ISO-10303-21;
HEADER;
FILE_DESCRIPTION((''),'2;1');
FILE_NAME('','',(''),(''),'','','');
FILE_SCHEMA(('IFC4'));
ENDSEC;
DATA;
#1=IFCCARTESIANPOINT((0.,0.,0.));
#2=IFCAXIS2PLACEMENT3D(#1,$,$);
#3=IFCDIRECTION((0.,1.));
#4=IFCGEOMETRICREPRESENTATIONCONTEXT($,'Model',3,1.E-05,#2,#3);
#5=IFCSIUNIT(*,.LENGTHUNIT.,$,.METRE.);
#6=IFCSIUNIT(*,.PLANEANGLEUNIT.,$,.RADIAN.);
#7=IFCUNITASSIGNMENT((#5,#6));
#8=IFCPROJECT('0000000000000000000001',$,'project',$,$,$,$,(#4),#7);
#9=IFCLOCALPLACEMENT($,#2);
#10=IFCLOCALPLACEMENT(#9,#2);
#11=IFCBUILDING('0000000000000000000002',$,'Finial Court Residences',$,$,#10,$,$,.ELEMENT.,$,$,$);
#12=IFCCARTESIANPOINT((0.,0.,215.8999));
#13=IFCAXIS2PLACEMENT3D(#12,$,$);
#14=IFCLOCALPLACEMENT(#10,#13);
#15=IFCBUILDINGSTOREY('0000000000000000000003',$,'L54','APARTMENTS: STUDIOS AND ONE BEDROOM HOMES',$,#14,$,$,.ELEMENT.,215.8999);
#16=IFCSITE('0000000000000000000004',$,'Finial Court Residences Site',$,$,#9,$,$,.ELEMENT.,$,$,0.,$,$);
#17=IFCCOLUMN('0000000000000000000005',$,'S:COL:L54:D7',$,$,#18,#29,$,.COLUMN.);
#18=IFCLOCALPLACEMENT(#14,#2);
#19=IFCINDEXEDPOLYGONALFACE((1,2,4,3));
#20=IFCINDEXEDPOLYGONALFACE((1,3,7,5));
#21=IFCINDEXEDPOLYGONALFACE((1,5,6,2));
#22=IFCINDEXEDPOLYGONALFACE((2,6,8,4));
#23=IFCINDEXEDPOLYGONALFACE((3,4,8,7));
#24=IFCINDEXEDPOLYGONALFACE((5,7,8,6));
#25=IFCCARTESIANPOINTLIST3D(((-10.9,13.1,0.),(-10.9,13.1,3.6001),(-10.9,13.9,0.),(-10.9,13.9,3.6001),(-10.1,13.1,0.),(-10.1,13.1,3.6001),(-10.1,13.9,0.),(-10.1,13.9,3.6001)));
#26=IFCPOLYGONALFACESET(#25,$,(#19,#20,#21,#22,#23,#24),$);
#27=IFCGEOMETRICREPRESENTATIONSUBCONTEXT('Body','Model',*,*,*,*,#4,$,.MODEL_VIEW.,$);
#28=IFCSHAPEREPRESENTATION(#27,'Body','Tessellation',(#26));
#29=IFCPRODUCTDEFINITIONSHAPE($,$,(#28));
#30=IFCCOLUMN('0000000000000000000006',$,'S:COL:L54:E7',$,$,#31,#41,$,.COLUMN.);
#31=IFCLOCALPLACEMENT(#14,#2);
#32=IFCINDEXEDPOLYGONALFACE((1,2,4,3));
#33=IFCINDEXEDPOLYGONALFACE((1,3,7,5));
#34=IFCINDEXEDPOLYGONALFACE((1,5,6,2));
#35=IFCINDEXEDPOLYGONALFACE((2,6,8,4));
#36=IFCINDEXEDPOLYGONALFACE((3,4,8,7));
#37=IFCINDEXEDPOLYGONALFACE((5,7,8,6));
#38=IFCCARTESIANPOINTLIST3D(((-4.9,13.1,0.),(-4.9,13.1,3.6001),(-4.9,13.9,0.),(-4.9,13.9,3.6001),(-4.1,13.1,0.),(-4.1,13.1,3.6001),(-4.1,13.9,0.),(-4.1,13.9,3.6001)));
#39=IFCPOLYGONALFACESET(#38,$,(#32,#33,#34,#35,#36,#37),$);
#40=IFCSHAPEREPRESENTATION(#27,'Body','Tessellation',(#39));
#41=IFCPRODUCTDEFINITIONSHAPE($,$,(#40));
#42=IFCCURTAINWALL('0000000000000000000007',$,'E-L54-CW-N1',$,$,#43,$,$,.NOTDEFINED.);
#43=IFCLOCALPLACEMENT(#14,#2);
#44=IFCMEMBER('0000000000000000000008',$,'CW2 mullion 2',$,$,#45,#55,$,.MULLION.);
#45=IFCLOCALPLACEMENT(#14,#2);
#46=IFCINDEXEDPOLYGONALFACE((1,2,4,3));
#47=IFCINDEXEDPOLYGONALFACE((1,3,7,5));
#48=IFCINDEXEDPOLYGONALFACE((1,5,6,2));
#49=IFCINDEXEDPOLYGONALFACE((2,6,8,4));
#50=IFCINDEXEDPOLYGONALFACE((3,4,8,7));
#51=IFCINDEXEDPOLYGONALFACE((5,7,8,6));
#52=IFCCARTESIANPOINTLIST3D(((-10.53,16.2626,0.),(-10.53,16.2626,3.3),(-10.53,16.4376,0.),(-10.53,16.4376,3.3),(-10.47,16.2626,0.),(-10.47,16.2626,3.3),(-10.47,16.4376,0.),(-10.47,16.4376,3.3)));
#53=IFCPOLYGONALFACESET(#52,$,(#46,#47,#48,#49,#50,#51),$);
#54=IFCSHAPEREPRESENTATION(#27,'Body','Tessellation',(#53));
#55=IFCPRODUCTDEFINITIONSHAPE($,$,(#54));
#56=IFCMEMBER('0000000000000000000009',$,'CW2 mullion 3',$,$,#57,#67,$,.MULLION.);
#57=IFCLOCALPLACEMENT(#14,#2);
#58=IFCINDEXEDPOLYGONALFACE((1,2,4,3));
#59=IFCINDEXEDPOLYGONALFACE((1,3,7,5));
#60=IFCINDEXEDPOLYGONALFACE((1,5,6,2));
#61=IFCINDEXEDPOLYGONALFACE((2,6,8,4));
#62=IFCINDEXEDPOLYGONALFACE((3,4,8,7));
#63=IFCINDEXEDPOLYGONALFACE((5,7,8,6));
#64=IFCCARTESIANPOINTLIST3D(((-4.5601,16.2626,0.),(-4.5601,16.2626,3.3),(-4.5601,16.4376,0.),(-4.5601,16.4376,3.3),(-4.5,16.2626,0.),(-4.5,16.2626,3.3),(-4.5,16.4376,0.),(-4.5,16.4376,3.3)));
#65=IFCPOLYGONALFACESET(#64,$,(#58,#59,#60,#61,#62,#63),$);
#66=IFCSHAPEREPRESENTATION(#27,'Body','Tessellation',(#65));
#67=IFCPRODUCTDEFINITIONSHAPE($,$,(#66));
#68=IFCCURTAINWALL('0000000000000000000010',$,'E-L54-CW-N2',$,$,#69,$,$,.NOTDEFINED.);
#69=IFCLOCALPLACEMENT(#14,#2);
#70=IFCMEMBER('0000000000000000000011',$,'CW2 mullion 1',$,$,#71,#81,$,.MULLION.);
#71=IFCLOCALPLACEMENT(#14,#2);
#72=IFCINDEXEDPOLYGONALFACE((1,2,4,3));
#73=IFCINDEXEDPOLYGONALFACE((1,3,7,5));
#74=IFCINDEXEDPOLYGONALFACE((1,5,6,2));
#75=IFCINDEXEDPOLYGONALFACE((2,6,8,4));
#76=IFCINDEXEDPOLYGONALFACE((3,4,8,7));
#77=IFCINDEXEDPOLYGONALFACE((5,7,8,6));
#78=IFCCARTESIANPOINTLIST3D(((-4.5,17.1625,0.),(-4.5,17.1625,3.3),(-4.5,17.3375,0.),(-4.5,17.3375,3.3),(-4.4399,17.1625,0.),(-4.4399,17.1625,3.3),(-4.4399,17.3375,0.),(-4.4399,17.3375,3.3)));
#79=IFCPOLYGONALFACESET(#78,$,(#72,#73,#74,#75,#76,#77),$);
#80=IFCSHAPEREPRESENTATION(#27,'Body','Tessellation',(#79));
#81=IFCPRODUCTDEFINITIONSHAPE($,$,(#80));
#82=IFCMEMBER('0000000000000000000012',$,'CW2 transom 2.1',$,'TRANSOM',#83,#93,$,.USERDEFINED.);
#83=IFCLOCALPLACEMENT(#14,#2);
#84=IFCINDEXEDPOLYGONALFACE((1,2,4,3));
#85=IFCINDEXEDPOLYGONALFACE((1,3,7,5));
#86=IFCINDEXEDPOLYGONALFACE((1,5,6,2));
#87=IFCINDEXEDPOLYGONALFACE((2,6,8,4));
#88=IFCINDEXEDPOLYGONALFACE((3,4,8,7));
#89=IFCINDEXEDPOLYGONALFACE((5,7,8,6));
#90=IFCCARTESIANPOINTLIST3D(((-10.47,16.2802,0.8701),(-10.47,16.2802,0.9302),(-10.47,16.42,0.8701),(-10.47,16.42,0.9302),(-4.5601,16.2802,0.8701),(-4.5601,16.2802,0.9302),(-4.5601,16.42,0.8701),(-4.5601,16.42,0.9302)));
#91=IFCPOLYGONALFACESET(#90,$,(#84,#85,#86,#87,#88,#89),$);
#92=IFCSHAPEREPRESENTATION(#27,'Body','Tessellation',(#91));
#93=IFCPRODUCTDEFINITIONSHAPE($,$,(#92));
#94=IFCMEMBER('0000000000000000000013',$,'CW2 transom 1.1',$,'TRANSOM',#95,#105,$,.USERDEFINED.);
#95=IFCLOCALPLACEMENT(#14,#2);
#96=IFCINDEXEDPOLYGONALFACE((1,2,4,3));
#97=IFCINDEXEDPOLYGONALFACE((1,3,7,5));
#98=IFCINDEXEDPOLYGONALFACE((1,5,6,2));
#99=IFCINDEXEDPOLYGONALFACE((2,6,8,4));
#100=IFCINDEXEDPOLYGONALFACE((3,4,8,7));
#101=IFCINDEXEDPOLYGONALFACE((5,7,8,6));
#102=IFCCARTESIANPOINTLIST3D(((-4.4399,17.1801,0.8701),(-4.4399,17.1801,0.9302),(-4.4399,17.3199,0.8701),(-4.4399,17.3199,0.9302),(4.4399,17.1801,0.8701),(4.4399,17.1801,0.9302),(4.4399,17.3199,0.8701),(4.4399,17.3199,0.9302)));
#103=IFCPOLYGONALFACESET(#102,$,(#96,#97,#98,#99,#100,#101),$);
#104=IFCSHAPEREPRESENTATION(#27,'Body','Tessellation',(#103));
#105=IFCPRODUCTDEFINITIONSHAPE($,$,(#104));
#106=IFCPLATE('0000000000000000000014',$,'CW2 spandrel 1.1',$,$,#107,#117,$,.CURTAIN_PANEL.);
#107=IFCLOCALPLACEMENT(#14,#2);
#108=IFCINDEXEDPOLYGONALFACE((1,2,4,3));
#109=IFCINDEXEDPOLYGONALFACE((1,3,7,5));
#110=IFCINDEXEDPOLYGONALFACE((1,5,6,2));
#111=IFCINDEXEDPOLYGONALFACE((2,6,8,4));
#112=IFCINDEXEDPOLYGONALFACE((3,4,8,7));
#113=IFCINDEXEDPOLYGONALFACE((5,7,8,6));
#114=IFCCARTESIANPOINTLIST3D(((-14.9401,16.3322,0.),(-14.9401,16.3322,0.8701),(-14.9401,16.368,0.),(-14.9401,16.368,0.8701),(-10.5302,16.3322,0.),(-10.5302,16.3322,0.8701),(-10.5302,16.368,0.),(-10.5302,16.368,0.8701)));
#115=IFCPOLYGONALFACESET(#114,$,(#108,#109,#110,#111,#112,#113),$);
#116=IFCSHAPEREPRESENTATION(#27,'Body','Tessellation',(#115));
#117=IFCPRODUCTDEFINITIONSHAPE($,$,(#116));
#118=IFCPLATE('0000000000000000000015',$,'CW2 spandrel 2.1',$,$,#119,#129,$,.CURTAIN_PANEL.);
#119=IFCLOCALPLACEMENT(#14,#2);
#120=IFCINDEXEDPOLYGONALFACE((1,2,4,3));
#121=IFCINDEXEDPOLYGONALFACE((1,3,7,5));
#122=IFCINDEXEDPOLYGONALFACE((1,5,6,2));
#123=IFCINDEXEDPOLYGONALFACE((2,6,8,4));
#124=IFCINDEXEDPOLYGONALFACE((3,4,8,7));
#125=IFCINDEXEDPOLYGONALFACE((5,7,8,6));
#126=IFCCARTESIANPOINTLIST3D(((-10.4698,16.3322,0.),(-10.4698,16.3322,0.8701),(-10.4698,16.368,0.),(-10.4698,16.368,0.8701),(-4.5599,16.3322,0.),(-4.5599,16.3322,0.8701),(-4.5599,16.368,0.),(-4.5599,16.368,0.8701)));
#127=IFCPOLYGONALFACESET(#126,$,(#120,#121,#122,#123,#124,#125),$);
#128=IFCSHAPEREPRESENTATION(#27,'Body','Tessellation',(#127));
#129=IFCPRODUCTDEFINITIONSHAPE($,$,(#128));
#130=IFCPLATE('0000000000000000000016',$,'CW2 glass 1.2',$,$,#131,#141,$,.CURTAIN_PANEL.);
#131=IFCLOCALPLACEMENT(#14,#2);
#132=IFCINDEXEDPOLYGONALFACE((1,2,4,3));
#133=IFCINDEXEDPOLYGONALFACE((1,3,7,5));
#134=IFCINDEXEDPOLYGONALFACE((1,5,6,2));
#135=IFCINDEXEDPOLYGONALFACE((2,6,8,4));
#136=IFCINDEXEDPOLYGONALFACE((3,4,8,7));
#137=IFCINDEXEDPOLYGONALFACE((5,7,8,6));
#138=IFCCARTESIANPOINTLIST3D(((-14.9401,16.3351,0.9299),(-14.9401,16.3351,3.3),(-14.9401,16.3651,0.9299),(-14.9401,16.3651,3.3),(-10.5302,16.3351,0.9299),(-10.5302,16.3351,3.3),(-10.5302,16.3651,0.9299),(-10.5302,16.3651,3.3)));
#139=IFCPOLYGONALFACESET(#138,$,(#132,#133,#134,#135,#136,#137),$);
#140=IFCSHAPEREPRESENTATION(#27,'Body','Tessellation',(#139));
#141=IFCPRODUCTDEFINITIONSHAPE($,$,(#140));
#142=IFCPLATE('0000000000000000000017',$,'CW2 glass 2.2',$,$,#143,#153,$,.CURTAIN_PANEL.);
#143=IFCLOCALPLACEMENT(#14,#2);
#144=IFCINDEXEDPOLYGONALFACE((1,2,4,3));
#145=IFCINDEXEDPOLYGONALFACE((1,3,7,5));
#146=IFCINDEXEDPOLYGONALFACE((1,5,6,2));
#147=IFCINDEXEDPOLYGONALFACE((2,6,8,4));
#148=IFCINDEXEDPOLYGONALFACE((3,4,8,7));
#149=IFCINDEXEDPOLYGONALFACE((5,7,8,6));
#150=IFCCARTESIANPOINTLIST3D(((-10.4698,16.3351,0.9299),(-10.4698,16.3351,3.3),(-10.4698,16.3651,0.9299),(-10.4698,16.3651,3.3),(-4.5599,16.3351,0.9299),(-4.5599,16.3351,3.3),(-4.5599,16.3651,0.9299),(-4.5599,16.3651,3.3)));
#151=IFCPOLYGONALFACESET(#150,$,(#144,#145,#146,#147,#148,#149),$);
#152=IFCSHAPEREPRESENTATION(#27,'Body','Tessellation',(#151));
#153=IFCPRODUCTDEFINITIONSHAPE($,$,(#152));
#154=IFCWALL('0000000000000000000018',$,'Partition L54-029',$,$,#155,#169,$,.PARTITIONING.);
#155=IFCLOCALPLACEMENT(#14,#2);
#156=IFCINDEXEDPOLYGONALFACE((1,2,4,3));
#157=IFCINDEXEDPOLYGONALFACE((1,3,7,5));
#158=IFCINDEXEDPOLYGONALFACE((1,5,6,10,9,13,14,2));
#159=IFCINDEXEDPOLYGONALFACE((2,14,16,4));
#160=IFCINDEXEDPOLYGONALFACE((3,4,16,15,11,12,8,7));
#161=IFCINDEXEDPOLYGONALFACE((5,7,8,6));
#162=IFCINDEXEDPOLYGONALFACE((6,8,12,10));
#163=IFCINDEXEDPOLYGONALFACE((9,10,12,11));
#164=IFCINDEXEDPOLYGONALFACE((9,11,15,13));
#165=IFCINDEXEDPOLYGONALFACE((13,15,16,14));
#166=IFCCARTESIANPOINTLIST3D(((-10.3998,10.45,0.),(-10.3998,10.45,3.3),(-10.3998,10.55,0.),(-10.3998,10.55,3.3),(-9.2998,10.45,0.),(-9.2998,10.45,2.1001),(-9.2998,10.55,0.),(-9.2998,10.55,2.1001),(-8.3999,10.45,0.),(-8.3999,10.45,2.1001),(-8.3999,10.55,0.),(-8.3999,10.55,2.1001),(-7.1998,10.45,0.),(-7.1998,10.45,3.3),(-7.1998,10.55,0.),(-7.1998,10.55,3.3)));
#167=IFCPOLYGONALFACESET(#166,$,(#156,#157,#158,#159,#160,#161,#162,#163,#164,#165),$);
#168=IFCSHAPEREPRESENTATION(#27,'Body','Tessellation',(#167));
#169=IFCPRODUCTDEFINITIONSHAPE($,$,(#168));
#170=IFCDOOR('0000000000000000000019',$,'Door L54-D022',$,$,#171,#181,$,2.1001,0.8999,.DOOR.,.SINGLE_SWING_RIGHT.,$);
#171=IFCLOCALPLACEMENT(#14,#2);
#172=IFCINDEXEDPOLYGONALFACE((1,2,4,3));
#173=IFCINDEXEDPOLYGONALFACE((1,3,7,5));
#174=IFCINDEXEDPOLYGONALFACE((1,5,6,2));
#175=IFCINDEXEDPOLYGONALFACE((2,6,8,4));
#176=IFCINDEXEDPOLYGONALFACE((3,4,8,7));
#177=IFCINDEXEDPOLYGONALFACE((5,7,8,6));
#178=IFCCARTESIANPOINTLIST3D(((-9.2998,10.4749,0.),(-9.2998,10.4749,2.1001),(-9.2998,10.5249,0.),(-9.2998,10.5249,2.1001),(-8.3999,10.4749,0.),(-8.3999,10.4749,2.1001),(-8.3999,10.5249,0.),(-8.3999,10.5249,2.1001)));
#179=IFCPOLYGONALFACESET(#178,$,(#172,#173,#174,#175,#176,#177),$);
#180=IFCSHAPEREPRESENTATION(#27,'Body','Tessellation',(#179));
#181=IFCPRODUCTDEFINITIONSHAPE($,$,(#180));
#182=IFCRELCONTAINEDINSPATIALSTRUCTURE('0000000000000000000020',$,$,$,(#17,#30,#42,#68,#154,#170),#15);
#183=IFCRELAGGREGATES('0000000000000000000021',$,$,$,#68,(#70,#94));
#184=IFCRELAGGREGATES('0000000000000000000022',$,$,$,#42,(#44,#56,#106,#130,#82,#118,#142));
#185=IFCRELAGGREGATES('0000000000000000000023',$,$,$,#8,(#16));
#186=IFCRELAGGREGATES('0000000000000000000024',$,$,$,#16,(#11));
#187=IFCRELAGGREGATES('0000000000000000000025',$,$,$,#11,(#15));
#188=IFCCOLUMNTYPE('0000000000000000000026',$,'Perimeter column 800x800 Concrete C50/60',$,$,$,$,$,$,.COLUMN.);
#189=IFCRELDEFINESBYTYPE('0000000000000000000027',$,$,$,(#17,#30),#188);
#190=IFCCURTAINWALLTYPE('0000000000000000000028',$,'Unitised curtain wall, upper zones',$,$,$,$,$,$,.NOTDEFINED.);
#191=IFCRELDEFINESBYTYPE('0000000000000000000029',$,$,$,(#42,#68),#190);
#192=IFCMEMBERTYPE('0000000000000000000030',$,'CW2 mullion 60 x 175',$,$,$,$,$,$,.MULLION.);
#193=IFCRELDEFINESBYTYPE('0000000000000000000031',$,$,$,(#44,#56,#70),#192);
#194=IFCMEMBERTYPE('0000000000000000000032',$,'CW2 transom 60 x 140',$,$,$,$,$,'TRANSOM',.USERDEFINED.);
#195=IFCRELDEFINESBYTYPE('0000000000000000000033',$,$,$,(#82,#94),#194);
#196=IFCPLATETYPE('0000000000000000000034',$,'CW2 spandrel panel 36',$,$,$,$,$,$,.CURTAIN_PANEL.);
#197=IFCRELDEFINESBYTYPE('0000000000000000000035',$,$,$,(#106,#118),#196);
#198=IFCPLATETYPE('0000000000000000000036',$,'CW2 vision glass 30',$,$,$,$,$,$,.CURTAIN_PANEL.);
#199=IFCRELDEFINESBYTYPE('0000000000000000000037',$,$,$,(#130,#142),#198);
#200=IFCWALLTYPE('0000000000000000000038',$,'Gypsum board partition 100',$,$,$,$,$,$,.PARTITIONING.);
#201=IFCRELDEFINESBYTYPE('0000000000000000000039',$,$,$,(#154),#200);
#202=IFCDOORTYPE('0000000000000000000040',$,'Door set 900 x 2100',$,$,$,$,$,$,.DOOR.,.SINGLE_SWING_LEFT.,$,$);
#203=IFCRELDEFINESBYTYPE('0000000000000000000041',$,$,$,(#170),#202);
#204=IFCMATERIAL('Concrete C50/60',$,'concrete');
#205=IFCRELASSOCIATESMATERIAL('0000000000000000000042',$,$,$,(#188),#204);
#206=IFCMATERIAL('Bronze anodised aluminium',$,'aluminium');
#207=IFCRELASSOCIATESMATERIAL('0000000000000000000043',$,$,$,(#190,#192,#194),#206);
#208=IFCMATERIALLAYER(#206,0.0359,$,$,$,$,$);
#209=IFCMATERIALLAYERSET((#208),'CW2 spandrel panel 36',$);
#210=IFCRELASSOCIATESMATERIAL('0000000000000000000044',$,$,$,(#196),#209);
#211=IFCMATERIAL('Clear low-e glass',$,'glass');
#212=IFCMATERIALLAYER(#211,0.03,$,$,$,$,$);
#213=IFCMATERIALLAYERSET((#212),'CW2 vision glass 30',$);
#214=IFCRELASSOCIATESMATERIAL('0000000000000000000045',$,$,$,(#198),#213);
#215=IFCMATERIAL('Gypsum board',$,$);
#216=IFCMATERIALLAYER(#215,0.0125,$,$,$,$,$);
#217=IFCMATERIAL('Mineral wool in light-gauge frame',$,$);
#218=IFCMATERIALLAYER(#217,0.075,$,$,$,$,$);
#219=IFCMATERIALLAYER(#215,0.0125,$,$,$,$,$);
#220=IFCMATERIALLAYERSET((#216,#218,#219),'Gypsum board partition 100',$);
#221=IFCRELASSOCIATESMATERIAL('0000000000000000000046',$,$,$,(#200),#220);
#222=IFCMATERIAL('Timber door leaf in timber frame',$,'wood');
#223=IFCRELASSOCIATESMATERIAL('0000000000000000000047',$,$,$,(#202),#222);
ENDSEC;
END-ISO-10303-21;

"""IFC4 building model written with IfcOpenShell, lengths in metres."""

from ifc_helpers import new_model, si_unit, direction, frame, frame_2d, origin, origin_2d, place, context, subcontext, project, spatial, rectangle, extrude, material, layer, layer_set, material_profile, profile_set, type_object, element, fill, aggregate, save


model = new_model("IFC4")

# Units and contexts
model_context = context("Model", 3, precision=1e-05, world=origin(), true_north=direction((0.0, 1.0)))
body_context = subcontext(model_context, "Body", "Model", "MODEL_VIEW")
ifc_project = project(units=[si_unit("LENGTHUNIT", "METRE"), si_unit("PLANEANGLEUNIT", "RADIAN")], contexts=[model_context])

# Site, building, storey
site_placement = place(None, origin())
site = spatial("IfcSite", under=ifc_project, at=site_placement, Name="Finial Court Residences Site", CompositionType="ELEMENT", RefElevation=0.0)
building_placement = place(site_placement, origin())
building = spatial("IfcBuilding", under=site, at=building_placement, Name="Finial Court Residences", CompositionType="ELEMENT")
storey_placement = place(building_placement, frame((0.0, 0.0, 215.8999)))
storey = spatial("IfcBuildingStorey", under=building, at=storey_placement, Name="L54", Description="APARTMENTS: STUDIOS AND ONE BEDROOM HOMES", CompositionType="ELEMENT", Elevation=215.8999)

# Columns
ifc_material_1 = material(Name="Concrete C50/60", Category="concrete")
ifc_material_profile_1 = material_profile(ifc_material_1, rectangle(XDim=0.8, YDim=0.8, at=origin_2d()), Name="800x800")
ifc_profile_set_1 = profile_set([ifc_material_profile_1], Name="Concrete C50/60")
column_type = type_object("IfcColumnType", Name="Perimeter column 800x800 Concrete C50/60", PredefinedType="COLUMN", material=ifc_profile_set_1)
for number, where, z_axis, x_axis, name in (
    (1, (-10.5, 13.5, 0.0), (0.0, 0.0, 1.0), (1.0, 0.0, 0.0), "S:COL:L54:D7"),
    (2, (-4.5, 13.5, 0.0), (0.0, 0.0, 1.0), (1.0, 0.0, 0.0), "S:COL:L54:E7"),
):
    element("IfcColumn", number, at=place(storey_placement, frame(where, z_axis=z_axis, x_axis=x_axis)), inside=storey, type_object=column_type, Name=name, PredefinedType="COLUMN", context=body_context, shape_type="SweptSolid", body=[
        extrude(rectangle(XDim=0.8, YDim=0.8, at=origin_2d()), origin(), (0.0, 0.0, 1.0), 3.6001),
    ])

# Curtain wall, members
ifc_material_2 = material(Name="Bronze anodised aluminium", Category="aluminium")
curtain_wall_type = type_object("IfcCurtainWallType", Name="Unitised curtain wall, upper zones", PredefinedType="NOTDEFINED", material=ifc_material_2)
curtain_wall_1_placement = place(storey_placement, origin())
curtain_wall_1 = element("IfcCurtainWall", 3, at=curtain_wall_1_placement, inside=storey, type_object=curtain_wall_type, Name="E-L54-CW-N1", PredefinedType="NOTDEFINED")
ifc_material_profile_2 = material_profile(ifc_material_2, rectangle(XDim=0.175, YDim=0.0601, at=origin_2d()), Name="CW2 mullion 60 x 175")
ifc_profile_set_2 = profile_set([ifc_material_profile_2], Name="Bronze anodised aluminium")
member_type_1 = type_object("IfcMemberType", Name="CW2 mullion 60 x 175", PredefinedType="MULLION", material=ifc_profile_set_2)
member_1_placement = place(storey_placement, frame((-10.5, 16.3501, 0.0), z_axis=(0.0, 0.0, 1.0), x_axis=(0.0, 1.0, 0.0)))
member_1 = element("IfcMember", 4, at=member_1_placement, type_object=member_type_1, Name="CW2 mullion 2", PredefinedType="MULLION", context=body_context, shape_type="SweptSolid", body=[
    extrude(rectangle(XDim=0.175, YDim=0.0601, at=origin_2d()), origin(), (0.0, 0.0, 1.0), 3.3),
])
member_2_placement = place(storey_placement, frame((-4.53, 16.3501, 0.0), z_axis=(0.0, 0.0, 1.0), x_axis=(0.0, 1.0, 0.0)))
member_2 = element("IfcMember", 5, at=member_2_placement, type_object=member_type_1, Name="CW2 mullion 3", PredefinedType="MULLION", context=body_context, shape_type="SweptSolid", body=[
    extrude(rectangle(XDim=0.175, YDim=0.0601, at=origin_2d()), origin(), (0.0, 0.0, 1.0), 3.3),
])

# Curtain wall, member
curtain_wall_2_placement = place(storey_placement, origin())
curtain_wall_2 = element("IfcCurtainWall", 6, at=curtain_wall_2_placement, inside=storey, type_object=curtain_wall_type, Name="E-L54-CW-N2", PredefinedType="NOTDEFINED")
member_3_placement = place(storey_placement, frame((-4.47, 17.25, 0.0), z_axis=(0.0, 0.0, 1.0), x_axis=(0.0, 1.0, 0.0)))
member_3 = element("IfcMember", 7, at=member_3_placement, type_object=member_type_1, Name="CW2 mullion 1", PredefinedType="MULLION", context=body_context, shape_type="SweptSolid", body=[
    extrude(rectangle(XDim=0.175, YDim=0.0601, at=origin_2d()), origin(), (0.0, 0.0, 1.0), 3.3),
])

# Members
ifc_material_profile_3 = material_profile(ifc_material_2, rectangle(XDim=0.1399, YDim=0.0601, at=origin_2d()), Name="CW2 transom 60 x 140")
ifc_profile_set_3 = profile_set([ifc_material_profile_3], Name="Bronze anodised aluminium")
member_type_2 = type_object("IfcMemberType", Name="CW2 transom 60 x 140", ElementType="TRANSOM", PredefinedType="USERDEFINED", material=ifc_profile_set_3)
member_4_placement = place(storey_placement, frame((-10.47, 16.3501, 0.9001), z_axis=(1.0, 0.0, 0.0), x_axis=(0.0, 1.0, 0.0)))
member_4 = element("IfcMember", 8, at=member_4_placement, type_object=member_type_2, Name="CW2 transom 2.1", ObjectType="TRANSOM", PredefinedType="USERDEFINED", context=body_context, shape_type="SweptSolid", body=[
    extrude(rectangle(XDim=0.1399, YDim=0.0601, at=origin_2d()), origin(), (0.0, 0.0, 1.0), 5.9099),
])
member_5_placement = place(storey_placement, frame((-4.4399, 17.25, 0.9001), z_axis=(1.0, 0.0, 0.0), x_axis=(0.0, 1.0, 0.0)))
member_5 = element("IfcMember", 9, at=member_5_placement, type_object=member_type_2, Name="CW2 transom 1.1", ObjectType="TRANSOM", PredefinedType="USERDEFINED", context=body_context, shape_type="SweptSolid", body=[
    extrude(rectangle(XDim=0.1399, YDim=0.0601, at=origin_2d()), origin(), (0.0, 0.0, 1.0), 8.8799),
])
aggregate(curtain_wall_2, [member_3, member_5])

# Plates
ifc_layer_1 = layer(ifc_material_2, 0.0359)
ifc_layer_set_1 = layer_set([ifc_layer_1], Name="CW2 spandrel panel 36")
plate_type_1 = type_object("IfcPlateType", Name="CW2 spandrel panel 36", PredefinedType="CURTAIN_PANEL", material=ifc_layer_set_1)
plate_1_placement = place(storey_placement, frame((-12.7351, 16.3501, 0.0), z_axis=(0.0, 0.0, 1.0), x_axis=(1.0, 0.0, 0.0)))
plate_1 = element("IfcPlate", 10, at=plate_1_placement, type_object=plate_type_1, Name="CW2 spandrel 1.1", PredefinedType="CURTAIN_PANEL", context=body_context, shape_type="SweptSolid", body=[
    extrude(rectangle(XDim=4.4099, YDim=0.0359, at=origin_2d()), origin(), (0.0, 0.0, 1.0), 0.8701),
])
plate_2_placement = place(storey_placement, frame((-7.5149, 16.3501, 0.0), z_axis=(0.0, 0.0, 1.0), x_axis=(1.0, 0.0, 0.0)))
plate_2 = element("IfcPlate", 11, at=plate_2_placement, type_object=plate_type_1, Name="CW2 spandrel 2.1", PredefinedType="CURTAIN_PANEL", context=body_context, shape_type="SweptSolid", body=[
    extrude(rectangle(XDim=5.9099, YDim=0.0359, at=origin_2d()), origin(), (0.0, 0.0, 1.0), 0.8701),
])
ifc_material_3 = material(Name="Clear low-e glass", Category="glass")
ifc_layer_2 = layer(ifc_material_3, 0.03)
ifc_layer_set_2 = layer_set([ifc_layer_2], Name="CW2 vision glass 30")
plate_type_2 = type_object("IfcPlateType", Name="CW2 vision glass 30", PredefinedType="CURTAIN_PANEL", material=ifc_layer_set_2)
plate_3_placement = place(storey_placement, frame((-12.7351, 16.3501, 0.9299), z_axis=(0.0, 0.0, 1.0), x_axis=(1.0, 0.0, 0.0)))
plate_3 = element("IfcPlate", 12, at=plate_3_placement, type_object=plate_type_2, Name="CW2 glass 1.2", PredefinedType="CURTAIN_PANEL", context=body_context, shape_type="SweptSolid", body=[
    extrude(rectangle(XDim=4.4099, YDim=0.03, at=origin_2d()), origin(), (0.0, 0.0, 1.0), 2.3701),
])
plate_4_placement = place(storey_placement, frame((-7.5149, 16.3501, 0.9299), z_axis=(0.0, 0.0, 1.0), x_axis=(1.0, 0.0, 0.0)))
plate_4 = element("IfcPlate", 13, at=plate_4_placement, type_object=plate_type_2, Name="CW2 glass 2.2", PredefinedType="CURTAIN_PANEL", context=body_context, shape_type="SweptSolid", body=[
    extrude(rectangle(XDim=5.9099, YDim=0.03, at=origin_2d()), origin(), (0.0, 0.0, 1.0), 2.3701),
])
aggregate(curtain_wall_1, [member_1, member_2, plate_1, plate_3, member_4, plate_2, plate_4])

# Wall, opening, door
ifc_material_4 = material(Name="Gypsum board")
ifc_layer_3 = layer(ifc_material_4, 0.0125)
ifc_material_5 = material(Name="Mineral wool in light-gauge frame")
ifc_layer_4 = layer(ifc_material_5, 0.075)
ifc_layer_5 = layer(ifc_material_4, 0.0125)
ifc_layer_set_3 = layer_set([ifc_layer_3, ifc_layer_4, ifc_layer_5], Name="Gypsum board partition 100")
wall_type_1 = type_object("IfcWallType", Name="Gypsum board partition 100", PredefinedType="PARTITIONING", material=ifc_layer_set_3)
wall_1_placement = place(storey_placement, frame((-10.3999, 10.5, 0.0), z_axis=(0.0, 0.0, 1.0), x_axis=(1.0, 0.0, 0.0)))
wall_1 = element("IfcWall", 14, at=wall_1_placement, inside=storey, type_object=wall_type_1, Name="Partition L54-029", PredefinedType="PARTITIONING", context=body_context, shape_type="SweptSolid", body=[
    extrude(rectangle(XDim=3.2, YDim=0.1001, at=frame_2d((1.6001, 0.0))), origin(), (0.0, 0.0, 1.0), 3.3),
])
opening_1_placement = place(wall_1_placement, frame((1.1001, 0.0, 0.0)))
opening_1 = element("IfcOpeningElement", 15, at=opening_1_placement, cuts=wall_1, PredefinedType="OPENING", context=body_context, shape_type="SweptSolid", body=[
    extrude(rectangle(XDim=0.8999, YDim=2.1001, at=frame_2d((0.45, 1.05))), frame((0.0, 0.0601, 0.0), z_axis=(0.0, -1.0, 0.0), x_axis=(1.0, 0.0, 0.0)), (0.0, 0.0, 1.0), 0.1201),
])
ifc_material_6 = material(Name="Timber door leaf in timber frame", Category="wood")
door_type = type_object("IfcDoorType", Name="Door set 900 x 2100", OperationType="SINGLE_SWING_LEFT", PredefinedType="DOOR", material=ifc_material_6)
door_1_placement = place(opening_1_placement, origin())
door_1 = element("IfcDoor", 16, at=door_1_placement, inside=storey, type_object=door_type, Name="Door L54-D022", OperationType="SINGLE_SWING_RIGHT", OverallHeight=2.1001, OverallWidth=0.8999, PredefinedType="DOOR", context=body_context, shape_type="SweptSolid", body=[
    extrude(rectangle(XDim=0.8999, YDim=2.1001, at=frame_2d((0.45, 1.05))), frame((0.0, 0.0249, 0.0), z_axis=(0.0, -1.0, 0.0), x_axis=(1.0, 0.0, 0.0)), (0.0, 0.0, 1.0), 0.05),
])
fill(opening_1, door_1)

save(model, "model.ifc")
